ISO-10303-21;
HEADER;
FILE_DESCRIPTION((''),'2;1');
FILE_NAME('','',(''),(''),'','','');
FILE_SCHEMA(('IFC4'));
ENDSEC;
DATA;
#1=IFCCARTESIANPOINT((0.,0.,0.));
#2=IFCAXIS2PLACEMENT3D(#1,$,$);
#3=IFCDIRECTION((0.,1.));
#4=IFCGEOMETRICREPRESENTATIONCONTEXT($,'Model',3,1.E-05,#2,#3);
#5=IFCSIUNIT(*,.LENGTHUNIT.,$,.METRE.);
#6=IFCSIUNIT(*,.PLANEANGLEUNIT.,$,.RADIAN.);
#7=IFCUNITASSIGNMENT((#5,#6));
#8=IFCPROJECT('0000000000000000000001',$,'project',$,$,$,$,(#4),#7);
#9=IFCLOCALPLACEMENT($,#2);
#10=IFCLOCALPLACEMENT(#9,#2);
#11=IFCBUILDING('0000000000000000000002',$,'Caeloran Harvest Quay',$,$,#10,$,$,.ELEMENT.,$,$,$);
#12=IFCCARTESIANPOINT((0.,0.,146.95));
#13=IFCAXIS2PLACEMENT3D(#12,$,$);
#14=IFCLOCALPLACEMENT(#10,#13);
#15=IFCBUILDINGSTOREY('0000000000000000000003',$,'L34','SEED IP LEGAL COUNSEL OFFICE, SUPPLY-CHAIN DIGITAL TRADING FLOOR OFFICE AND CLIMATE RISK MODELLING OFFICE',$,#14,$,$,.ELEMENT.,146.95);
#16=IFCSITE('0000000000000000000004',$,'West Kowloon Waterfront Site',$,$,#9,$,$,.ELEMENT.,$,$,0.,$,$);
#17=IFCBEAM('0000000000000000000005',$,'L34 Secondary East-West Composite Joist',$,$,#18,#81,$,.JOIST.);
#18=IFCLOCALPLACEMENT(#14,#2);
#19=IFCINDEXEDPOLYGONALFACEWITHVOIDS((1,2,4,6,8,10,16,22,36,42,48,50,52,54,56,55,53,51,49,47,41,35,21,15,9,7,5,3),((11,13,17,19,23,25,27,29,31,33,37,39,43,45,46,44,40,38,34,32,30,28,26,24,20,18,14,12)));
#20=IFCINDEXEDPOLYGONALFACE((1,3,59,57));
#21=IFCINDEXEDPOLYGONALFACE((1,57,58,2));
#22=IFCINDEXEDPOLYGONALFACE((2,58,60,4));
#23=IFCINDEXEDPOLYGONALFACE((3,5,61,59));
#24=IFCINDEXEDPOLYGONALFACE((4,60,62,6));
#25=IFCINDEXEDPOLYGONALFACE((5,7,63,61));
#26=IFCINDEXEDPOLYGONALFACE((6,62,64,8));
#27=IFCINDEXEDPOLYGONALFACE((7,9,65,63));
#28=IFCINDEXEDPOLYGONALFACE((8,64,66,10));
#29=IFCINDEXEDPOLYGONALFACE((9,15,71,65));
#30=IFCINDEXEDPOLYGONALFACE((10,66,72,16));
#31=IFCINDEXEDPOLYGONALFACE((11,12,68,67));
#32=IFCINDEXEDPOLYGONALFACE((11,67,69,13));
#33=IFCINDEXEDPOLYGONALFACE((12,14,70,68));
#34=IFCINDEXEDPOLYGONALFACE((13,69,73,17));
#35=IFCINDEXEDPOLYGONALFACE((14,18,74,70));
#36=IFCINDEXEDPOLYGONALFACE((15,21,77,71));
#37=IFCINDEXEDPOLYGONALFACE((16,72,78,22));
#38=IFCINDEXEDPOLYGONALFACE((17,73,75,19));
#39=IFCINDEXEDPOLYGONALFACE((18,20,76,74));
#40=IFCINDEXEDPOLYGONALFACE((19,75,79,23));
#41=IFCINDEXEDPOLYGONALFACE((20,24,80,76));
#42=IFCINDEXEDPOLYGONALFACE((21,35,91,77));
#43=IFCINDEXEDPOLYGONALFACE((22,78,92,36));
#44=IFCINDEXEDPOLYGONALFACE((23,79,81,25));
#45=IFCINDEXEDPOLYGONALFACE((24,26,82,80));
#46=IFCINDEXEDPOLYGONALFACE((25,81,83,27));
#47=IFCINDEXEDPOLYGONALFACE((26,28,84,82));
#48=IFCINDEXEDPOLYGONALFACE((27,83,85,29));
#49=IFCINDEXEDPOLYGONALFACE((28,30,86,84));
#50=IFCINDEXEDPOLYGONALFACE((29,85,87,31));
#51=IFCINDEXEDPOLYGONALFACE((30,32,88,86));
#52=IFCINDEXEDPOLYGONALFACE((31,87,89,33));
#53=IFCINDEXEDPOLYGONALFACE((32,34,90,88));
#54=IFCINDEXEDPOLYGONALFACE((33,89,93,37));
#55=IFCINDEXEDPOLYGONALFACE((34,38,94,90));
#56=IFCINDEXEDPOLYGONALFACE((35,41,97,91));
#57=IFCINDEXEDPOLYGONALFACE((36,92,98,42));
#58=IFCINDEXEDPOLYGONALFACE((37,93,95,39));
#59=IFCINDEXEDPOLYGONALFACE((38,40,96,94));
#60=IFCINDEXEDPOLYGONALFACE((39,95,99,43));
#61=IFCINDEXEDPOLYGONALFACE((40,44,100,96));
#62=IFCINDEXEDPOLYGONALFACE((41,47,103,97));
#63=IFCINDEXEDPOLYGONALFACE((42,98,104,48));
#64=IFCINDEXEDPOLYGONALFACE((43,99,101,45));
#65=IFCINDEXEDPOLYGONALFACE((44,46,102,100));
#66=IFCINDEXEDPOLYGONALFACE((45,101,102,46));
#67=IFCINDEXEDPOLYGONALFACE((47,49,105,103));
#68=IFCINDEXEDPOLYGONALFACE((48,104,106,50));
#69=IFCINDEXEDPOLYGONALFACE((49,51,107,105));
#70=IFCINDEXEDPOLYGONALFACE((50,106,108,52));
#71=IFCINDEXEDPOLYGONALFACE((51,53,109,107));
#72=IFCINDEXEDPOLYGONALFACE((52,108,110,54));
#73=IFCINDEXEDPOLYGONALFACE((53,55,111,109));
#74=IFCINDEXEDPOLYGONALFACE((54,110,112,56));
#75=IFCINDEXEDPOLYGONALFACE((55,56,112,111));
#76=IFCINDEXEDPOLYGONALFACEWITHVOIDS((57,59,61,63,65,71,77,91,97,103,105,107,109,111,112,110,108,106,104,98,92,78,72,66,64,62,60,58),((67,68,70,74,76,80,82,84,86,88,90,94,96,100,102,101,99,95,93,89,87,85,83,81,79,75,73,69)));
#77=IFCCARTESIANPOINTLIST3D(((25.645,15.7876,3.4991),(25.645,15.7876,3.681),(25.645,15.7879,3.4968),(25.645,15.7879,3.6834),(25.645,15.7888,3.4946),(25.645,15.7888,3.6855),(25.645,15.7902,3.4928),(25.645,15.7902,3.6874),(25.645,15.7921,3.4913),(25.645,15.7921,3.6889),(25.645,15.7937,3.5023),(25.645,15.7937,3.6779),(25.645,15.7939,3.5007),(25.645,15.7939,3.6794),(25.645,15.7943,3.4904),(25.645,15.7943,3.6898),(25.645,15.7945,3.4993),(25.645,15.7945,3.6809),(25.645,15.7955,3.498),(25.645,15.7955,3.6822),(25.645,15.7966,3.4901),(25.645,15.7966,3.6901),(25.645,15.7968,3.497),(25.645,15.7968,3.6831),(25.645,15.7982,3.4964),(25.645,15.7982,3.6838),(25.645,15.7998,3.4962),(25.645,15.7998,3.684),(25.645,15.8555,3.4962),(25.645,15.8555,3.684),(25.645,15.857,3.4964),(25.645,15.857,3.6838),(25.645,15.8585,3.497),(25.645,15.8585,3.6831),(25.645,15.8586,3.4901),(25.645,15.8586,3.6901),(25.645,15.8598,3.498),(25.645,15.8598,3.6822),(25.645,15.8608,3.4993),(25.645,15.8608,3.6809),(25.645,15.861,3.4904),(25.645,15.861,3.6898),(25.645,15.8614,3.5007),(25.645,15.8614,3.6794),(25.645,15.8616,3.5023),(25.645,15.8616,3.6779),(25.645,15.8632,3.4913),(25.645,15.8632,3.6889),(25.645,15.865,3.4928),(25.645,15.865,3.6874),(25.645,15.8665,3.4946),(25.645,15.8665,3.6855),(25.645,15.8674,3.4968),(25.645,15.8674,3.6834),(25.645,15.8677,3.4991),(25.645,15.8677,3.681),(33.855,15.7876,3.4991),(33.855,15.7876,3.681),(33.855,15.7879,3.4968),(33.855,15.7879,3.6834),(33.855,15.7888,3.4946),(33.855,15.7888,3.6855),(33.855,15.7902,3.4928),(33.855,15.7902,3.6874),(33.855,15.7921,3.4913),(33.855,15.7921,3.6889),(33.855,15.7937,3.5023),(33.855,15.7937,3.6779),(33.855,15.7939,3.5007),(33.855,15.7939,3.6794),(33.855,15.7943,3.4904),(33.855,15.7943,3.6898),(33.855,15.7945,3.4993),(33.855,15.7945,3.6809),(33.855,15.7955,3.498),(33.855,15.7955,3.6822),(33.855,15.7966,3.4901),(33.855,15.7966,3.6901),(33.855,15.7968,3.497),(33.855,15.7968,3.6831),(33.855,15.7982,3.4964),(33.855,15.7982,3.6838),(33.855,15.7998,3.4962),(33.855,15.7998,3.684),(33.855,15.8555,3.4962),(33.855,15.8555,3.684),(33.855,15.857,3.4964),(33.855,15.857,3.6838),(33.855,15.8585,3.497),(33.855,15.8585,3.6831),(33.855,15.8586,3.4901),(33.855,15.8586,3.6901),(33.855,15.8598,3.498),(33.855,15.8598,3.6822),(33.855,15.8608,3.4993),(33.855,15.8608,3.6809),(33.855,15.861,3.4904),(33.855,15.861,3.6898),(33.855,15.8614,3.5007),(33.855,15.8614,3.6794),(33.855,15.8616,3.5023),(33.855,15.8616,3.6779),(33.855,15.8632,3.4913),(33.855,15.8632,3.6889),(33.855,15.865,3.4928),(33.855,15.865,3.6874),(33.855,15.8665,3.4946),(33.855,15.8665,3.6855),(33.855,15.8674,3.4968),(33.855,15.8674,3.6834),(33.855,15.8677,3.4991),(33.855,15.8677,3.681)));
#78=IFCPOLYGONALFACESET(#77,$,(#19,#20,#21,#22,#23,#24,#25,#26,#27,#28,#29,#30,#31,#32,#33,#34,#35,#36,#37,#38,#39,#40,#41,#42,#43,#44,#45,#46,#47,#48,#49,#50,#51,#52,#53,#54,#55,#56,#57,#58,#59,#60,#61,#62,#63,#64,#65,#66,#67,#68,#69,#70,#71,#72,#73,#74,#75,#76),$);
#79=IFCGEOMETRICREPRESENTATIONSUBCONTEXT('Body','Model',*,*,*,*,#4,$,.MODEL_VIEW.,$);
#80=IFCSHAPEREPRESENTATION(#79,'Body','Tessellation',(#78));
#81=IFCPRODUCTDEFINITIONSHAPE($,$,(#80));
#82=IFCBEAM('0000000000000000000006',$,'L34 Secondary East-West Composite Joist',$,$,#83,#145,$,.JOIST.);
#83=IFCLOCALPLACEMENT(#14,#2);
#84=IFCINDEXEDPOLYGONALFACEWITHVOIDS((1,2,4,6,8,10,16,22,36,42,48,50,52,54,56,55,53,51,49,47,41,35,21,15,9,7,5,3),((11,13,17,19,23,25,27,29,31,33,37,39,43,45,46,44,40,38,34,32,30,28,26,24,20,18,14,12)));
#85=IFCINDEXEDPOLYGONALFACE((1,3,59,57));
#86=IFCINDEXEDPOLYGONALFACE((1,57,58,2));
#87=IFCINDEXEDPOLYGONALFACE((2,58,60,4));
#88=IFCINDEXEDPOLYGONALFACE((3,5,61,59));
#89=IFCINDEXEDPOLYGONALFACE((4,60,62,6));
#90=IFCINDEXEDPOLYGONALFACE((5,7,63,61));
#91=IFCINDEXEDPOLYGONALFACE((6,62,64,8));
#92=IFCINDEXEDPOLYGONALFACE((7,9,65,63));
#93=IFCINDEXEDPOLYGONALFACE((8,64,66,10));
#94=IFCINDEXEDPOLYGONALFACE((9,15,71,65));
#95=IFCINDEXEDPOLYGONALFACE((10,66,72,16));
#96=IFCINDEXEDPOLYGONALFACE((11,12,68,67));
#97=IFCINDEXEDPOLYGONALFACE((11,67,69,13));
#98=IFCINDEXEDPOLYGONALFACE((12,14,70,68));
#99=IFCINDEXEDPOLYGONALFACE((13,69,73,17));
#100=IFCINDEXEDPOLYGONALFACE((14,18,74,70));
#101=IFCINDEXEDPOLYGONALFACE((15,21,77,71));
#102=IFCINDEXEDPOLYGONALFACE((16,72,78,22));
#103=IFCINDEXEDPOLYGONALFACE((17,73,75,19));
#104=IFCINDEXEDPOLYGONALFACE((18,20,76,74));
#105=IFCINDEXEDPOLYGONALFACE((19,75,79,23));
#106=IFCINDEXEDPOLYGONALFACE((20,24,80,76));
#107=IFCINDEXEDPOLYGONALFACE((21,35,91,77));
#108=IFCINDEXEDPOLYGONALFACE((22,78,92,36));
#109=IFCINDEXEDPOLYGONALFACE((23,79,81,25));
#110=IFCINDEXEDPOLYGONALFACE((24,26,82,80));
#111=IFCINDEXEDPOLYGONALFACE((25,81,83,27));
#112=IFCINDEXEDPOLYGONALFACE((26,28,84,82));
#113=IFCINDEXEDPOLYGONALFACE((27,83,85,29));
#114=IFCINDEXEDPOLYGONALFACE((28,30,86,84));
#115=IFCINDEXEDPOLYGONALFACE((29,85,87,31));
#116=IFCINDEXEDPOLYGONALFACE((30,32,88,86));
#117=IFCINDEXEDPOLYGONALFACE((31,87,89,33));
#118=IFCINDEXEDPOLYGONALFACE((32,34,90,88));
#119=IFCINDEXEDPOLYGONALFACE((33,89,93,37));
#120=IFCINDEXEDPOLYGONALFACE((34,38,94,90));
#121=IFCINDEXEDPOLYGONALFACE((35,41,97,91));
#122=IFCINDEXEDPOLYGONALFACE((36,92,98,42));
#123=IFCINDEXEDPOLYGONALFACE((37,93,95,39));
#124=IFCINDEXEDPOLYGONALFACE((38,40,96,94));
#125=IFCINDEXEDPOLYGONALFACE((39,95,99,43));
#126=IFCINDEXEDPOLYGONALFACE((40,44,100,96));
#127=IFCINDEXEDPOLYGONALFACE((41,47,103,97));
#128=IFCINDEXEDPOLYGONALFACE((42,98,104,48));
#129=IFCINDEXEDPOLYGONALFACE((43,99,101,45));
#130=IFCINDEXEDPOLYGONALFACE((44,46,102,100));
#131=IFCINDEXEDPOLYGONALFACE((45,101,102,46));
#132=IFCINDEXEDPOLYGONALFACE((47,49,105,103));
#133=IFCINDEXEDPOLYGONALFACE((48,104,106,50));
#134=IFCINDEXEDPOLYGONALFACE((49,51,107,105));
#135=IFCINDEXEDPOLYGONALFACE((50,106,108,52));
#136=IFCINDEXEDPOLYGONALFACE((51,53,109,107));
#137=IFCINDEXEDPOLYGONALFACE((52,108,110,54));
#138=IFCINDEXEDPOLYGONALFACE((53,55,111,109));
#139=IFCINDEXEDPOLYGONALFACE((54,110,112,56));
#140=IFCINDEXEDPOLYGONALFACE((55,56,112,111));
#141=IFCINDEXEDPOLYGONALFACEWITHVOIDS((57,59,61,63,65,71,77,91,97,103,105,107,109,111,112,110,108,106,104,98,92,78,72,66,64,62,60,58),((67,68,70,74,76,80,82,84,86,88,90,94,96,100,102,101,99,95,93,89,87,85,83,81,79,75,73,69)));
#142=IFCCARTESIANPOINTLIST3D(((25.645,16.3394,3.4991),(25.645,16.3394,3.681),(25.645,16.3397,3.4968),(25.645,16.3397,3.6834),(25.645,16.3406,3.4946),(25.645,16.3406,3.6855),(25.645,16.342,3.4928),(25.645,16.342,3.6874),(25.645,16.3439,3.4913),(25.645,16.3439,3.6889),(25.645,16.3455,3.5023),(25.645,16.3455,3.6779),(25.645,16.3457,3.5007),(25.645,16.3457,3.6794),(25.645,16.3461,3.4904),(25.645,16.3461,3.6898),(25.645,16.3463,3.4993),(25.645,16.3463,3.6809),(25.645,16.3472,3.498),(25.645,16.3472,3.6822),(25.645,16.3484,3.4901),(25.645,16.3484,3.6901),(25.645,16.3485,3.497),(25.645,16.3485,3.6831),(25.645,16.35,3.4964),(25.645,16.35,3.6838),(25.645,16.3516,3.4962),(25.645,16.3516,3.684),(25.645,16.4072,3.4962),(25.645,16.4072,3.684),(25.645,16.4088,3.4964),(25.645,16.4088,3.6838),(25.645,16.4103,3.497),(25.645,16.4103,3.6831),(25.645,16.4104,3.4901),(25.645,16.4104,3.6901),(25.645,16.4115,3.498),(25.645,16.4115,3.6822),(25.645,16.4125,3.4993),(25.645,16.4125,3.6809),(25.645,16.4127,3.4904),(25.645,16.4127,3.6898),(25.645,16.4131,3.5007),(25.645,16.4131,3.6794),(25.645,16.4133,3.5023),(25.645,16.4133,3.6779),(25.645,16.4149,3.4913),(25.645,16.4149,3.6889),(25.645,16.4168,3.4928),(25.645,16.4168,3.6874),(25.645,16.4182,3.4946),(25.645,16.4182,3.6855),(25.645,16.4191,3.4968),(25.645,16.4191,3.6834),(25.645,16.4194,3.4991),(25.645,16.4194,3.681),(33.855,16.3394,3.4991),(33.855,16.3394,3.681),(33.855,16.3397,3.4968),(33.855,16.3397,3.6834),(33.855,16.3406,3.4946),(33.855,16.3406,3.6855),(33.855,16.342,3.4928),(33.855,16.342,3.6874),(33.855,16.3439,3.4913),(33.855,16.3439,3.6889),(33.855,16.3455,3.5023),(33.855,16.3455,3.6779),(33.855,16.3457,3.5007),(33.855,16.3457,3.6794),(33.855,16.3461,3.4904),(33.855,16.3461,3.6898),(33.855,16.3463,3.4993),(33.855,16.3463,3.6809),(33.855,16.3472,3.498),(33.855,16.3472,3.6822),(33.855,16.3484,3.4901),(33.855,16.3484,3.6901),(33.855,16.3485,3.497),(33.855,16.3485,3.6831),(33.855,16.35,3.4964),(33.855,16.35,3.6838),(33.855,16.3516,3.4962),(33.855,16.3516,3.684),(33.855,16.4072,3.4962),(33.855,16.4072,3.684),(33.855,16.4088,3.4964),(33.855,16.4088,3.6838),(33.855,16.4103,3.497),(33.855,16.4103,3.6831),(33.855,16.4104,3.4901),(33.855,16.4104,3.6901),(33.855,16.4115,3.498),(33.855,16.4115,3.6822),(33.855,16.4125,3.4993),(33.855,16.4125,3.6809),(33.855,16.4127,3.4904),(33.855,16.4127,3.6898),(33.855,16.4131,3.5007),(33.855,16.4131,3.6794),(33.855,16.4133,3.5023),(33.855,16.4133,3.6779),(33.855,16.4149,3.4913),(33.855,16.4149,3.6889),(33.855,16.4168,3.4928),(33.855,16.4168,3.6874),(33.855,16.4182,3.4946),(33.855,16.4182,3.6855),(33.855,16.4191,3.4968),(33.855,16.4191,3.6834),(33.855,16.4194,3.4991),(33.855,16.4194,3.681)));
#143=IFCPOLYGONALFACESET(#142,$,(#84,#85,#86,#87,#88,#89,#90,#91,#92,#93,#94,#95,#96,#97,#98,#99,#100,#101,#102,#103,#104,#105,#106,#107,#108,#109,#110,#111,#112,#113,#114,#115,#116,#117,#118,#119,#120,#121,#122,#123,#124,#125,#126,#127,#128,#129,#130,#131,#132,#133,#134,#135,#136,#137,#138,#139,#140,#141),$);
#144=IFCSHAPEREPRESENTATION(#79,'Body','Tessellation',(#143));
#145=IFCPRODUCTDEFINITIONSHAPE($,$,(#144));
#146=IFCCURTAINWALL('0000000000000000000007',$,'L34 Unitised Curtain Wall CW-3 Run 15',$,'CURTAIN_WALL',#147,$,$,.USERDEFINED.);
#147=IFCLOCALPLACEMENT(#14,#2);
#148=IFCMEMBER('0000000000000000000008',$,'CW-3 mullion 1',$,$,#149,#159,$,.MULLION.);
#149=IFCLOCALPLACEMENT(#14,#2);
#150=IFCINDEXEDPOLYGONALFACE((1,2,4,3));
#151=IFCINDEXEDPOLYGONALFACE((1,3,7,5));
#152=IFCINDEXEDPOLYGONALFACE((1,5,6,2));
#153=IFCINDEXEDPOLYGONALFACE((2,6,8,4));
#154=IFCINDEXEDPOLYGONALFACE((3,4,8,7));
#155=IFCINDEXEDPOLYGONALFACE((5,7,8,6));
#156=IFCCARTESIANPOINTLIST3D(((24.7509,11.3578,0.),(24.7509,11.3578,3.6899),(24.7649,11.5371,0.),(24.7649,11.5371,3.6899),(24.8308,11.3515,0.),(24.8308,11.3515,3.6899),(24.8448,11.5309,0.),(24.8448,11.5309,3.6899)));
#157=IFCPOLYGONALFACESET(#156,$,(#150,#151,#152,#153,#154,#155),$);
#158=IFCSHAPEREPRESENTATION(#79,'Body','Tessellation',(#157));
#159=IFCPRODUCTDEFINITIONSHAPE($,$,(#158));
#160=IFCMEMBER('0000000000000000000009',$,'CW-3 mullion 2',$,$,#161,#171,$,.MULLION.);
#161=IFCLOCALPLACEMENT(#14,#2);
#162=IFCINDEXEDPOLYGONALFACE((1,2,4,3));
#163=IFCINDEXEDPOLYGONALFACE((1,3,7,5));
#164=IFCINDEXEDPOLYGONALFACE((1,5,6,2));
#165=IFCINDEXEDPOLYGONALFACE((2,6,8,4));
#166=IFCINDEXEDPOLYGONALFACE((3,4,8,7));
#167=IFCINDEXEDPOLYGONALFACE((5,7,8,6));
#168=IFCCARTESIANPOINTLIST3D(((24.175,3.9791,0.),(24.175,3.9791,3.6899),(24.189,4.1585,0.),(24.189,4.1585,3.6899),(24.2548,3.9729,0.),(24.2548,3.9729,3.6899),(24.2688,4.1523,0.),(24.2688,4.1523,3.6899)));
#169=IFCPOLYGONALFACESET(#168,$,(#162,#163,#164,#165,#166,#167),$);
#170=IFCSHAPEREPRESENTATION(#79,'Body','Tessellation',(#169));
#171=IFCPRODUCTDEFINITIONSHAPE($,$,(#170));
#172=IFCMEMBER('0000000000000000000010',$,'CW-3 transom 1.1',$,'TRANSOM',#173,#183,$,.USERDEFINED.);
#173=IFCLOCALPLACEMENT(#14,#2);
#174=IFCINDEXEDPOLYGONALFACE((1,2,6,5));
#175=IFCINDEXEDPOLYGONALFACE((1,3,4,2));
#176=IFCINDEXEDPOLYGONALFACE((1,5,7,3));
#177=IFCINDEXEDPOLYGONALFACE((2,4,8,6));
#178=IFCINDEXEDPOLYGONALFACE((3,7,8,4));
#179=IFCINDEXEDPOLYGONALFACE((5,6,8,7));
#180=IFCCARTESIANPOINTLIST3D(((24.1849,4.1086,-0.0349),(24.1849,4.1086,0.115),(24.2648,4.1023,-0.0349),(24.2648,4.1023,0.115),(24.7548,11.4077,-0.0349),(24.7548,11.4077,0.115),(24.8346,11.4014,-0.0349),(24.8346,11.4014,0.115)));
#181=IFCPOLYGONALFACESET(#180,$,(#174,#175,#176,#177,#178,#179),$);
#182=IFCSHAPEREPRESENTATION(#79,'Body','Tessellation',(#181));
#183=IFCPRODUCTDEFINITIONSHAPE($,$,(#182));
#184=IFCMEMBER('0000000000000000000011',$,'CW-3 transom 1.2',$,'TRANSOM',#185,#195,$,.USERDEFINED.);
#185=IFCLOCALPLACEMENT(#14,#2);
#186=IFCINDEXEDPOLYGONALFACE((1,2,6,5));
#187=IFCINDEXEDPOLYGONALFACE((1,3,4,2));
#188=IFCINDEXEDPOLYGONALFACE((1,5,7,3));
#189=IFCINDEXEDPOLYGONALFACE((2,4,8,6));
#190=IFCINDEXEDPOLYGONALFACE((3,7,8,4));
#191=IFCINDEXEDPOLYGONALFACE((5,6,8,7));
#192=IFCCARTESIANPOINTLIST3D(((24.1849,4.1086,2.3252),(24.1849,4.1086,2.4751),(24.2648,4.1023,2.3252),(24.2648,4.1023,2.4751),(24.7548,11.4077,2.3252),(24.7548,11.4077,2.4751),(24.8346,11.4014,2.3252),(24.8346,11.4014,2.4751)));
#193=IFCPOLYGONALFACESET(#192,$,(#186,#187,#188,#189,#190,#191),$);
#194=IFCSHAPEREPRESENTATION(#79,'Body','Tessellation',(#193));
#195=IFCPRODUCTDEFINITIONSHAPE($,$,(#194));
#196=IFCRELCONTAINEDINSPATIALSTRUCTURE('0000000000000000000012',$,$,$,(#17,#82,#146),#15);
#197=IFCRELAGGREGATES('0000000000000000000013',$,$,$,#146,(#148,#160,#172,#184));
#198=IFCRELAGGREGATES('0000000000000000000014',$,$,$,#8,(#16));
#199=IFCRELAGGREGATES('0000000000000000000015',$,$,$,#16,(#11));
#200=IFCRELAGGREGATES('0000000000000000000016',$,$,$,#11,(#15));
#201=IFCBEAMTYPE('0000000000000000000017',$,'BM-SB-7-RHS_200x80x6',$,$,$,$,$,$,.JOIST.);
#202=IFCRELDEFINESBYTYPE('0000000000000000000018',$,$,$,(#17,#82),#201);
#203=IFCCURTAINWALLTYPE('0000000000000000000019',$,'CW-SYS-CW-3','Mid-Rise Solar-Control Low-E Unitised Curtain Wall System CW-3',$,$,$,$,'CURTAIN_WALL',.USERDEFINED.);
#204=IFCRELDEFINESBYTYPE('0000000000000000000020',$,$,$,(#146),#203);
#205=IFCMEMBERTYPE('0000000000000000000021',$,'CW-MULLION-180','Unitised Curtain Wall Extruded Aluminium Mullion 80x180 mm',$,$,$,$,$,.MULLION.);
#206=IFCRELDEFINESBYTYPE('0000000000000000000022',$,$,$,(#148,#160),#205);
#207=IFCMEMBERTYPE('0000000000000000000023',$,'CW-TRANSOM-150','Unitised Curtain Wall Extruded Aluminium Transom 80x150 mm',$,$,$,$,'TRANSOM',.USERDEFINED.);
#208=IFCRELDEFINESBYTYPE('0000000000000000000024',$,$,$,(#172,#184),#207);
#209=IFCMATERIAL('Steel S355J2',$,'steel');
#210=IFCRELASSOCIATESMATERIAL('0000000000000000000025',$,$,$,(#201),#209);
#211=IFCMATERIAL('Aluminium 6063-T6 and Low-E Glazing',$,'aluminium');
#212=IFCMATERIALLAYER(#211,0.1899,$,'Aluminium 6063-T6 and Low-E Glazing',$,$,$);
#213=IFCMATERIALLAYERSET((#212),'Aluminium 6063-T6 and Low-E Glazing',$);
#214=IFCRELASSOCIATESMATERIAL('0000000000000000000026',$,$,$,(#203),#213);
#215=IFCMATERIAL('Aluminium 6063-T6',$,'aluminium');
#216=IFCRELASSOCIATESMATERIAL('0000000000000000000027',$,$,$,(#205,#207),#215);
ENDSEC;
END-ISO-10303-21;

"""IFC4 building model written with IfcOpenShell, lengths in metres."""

from ifc_helpers import new_model, si_unit, direction, frame, origin, origin_2d, place, context, subcontext, project, spatial, rectangle, hollow_rectangle, extrude, material, layer, layer_set, material_profile, profile_set, type_object, element, aggregate, save


model = new_model("IFC4")

# Units and contexts
model_context = context("Model", 3, precision=1e-05, world=origin(), true_north=direction((0.0, 1.0)))
body_context = subcontext(model_context, "Body", "Model", "MODEL_VIEW")
ifc_project = project(units=[si_unit("LENGTHUNIT", "METRE"), si_unit("PLANEANGLEUNIT", "RADIAN")], contexts=[model_context])

# Site, building, storey
site_placement = place(None, origin())
site = spatial("IfcSite", under=ifc_project, at=site_placement, Name="West Kowloon Waterfront Site", CompositionType="ELEMENT", RefElevation=0.0)
building_placement = place(site_placement, origin())
building = spatial("IfcBuilding", under=site, at=building_placement, Name="Caeloran Harvest Quay", CompositionType="ELEMENT")
storey_placement = place(building_placement, frame((0.0, 0.0, 146.95)))
storey = spatial("IfcBuildingStorey", under=building, at=storey_placement, Name="L34", Description="SEED IP LEGAL COUNSEL OFFICE, SUPPLY-CHAIN DIGITAL TRADING FLOOR OFFICE AND CLIMATE RISK MODELLING OFFICE", CompositionType="ELEMENT", Elevation=146.95)

# Beams
ifc_material_1 = material(Name="Steel S355J2", Category="steel")
ifc_material_profile_1 = material_profile(ifc_material_1, hollow_rectangle(XDim=0.0801, YDim=0.2, WallThickness=0.0061, InnerFilletRadius=0.0061, OuterFilletRadius=0.009, at=origin_2d()), Name="RHS 200x80x6")
ifc_profile_set_1 = profile_set([ifc_material_profile_1], Name="Steel S355J2")
beam_type_1 = type_object("IfcBeamType", Name="BM-SB-7-RHS_200x80x6", PredefinedType="JOIST", material=ifc_profile_set_1)
for number, where, z_axis, x_axis, name in (
    (1, (25.645, 15.8276, 3.5901), (1.0, 0.0, 0.0), (0.0, 1.0, 0.0), "L34 Secondary East-West Composite Joist"),
    (2, (25.645, 16.3794, 3.5901), (1.0, 0.0, 0.0), (0.0, 1.0, 0.0), "L34 Secondary East-West Composite Joist"),
):
    element("IfcBeam", number, at=place(storey_placement, frame(where, z_axis=z_axis, x_axis=x_axis)), inside=storey, type_object=beam_type_1, Name=name, PredefinedType="JOIST", context=body_context, shape_type="SweptSolid", body=[
        extrude(hollow_rectangle(XDim=0.0801, YDim=0.2, WallThickness=0.0061, InnerFilletRadius=0.0061, OuterFilletRadius=0.009, at=origin_2d()), origin(), (0.0, 0.0, 1.0), 8.21),
    ])

# Curtain wall, members
ifc_material_2 = material(Name="Aluminium 6063-T6 and Low-E Glazing", Category="aluminium")
ifc_layer_1 = layer(ifc_material_2, 0.1899, Name="Aluminium 6063-T6 and Low-E Glazing")
ifc_layer_set_1 = layer_set([ifc_layer_1], Name="Aluminium 6063-T6 and Low-E Glazing")
curtain_wall_type = type_object("IfcCurtainWallType", Name="CW-SYS-CW-3", Description="Mid-Rise Solar-Control Low-E Unitised Curtain Wall System CW-3", ElementType="CURTAIN_WALL", PredefinedType="USERDEFINED", material=ifc_layer_set_1)
curtain_wall_placement = place(storey_placement, origin())
curtain_wall = element("IfcCurtainWall", 3, at=curtain_wall_placement, inside=storey, type_object=curtain_wall_type, Name="L34 Unitised Curtain Wall CW-3 Run 15", ObjectType="CURTAIN_WALL", PredefinedType="USERDEFINED")
ifc_material_3 = material(Name="Aluminium 6063-T6", Category="aluminium")
ifc_material_profile_2 = material_profile(ifc_material_3, rectangle(XDim=0.0801, YDim=0.1799, at=origin_2d()), Name="CW-MULLION-180")
ifc_profile_set_2 = profile_set([ifc_material_profile_2], Name="Aluminium 6063-T6")
member_type_1 = type_object("IfcMemberType", Name="CW-MULLION-180", Description="Unitised Curtain Wall Extruded Aluminium Mullion 80x180 mm", PredefinedType="MULLION", material=ifc_profile_set_2)
member_1_placement = place(storey_placement, frame((24.7979, 11.4443, 0.0), z_axis=(0.0, 0.0, 1.0), x_axis=(0.996967, -0.077822, 0.0)))
member_1 = element("IfcMember", 4, at=member_1_placement, type_object=member_type_1, Name="CW-3 mullion 1", PredefinedType="MULLION", context=body_context, shape_type="SweptSolid", body=[
    extrude(rectangle(XDim=0.0801, YDim=0.1799, at=origin_2d()), origin(), (0.0, 0.0, 1.0), 3.6899),
])
member_2_placement = place(storey_placement, frame((24.2219, 4.0657, 0.0), z_axis=(0.0, 0.0, 1.0), x_axis=(0.996967, -0.077822, 0.0)))
member_2 = element("IfcMember", 5, at=member_2_placement, type_object=member_type_1, Name="CW-3 mullion 2", PredefinedType="MULLION", context=body_context, shape_type="SweptSolid", body=[
    extrude(rectangle(XDim=0.0801, YDim=0.1799, at=origin_2d()), origin(), (0.0, 0.0, 1.0), 3.6899),
])
ifc_material_profile_3 = material_profile(ifc_material_3, rectangle(XDim=0.0801, YDim=0.1499, at=origin_2d()), Name="CW-TRANSOM-150")
ifc_profile_set_3 = profile_set([ifc_material_profile_3], Name="Aluminium 6063-T6")
member_type_2 = type_object("IfcMemberType", Name="CW-TRANSOM-150", Description="Unitised Curtain Wall Extruded Aluminium Transom 80x150 mm", ElementType="TRANSOM", PredefinedType="USERDEFINED", material=ifc_profile_set_3)
member_3_placement = place(storey_placement, frame((24.7947, 11.4045, 0.04), z_axis=(-0.077831, -0.996967, 0.0), x_axis=(0.996967, -0.077831, 0.0)))
member_3 = element("IfcMember", 6, at=member_3_placement, type_object=member_type_2, Name="CW-3 transom 1.1", ObjectType="TRANSOM", PredefinedType="USERDEFINED", context=body_context, shape_type="SweptSolid", body=[
    extrude(rectangle(XDim=0.0801, YDim=0.1499, at=origin_2d()), origin(), (0.0, 0.0, 1.0), 7.3213),
])
member_4_placement = place(storey_placement, frame((24.7947, 11.4045, 2.4001), z_axis=(-0.077831, -0.996967, 0.0), x_axis=(0.996967, -0.077831, 0.0)))
member_4 = element("IfcMember", 7, at=member_4_placement, type_object=member_type_2, Name="CW-3 transom 1.2", ObjectType="TRANSOM", PredefinedType="USERDEFINED", context=body_context, shape_type="SweptSolid", body=[
    extrude(rectangle(XDim=0.0801, YDim=0.1499, at=origin_2d()), origin(), (0.0, 0.0, 1.0), 7.3213),
])
aggregate(curtain_wall, [member_1, member_2, member_3, member_4])

save(model, "model.ifc")
